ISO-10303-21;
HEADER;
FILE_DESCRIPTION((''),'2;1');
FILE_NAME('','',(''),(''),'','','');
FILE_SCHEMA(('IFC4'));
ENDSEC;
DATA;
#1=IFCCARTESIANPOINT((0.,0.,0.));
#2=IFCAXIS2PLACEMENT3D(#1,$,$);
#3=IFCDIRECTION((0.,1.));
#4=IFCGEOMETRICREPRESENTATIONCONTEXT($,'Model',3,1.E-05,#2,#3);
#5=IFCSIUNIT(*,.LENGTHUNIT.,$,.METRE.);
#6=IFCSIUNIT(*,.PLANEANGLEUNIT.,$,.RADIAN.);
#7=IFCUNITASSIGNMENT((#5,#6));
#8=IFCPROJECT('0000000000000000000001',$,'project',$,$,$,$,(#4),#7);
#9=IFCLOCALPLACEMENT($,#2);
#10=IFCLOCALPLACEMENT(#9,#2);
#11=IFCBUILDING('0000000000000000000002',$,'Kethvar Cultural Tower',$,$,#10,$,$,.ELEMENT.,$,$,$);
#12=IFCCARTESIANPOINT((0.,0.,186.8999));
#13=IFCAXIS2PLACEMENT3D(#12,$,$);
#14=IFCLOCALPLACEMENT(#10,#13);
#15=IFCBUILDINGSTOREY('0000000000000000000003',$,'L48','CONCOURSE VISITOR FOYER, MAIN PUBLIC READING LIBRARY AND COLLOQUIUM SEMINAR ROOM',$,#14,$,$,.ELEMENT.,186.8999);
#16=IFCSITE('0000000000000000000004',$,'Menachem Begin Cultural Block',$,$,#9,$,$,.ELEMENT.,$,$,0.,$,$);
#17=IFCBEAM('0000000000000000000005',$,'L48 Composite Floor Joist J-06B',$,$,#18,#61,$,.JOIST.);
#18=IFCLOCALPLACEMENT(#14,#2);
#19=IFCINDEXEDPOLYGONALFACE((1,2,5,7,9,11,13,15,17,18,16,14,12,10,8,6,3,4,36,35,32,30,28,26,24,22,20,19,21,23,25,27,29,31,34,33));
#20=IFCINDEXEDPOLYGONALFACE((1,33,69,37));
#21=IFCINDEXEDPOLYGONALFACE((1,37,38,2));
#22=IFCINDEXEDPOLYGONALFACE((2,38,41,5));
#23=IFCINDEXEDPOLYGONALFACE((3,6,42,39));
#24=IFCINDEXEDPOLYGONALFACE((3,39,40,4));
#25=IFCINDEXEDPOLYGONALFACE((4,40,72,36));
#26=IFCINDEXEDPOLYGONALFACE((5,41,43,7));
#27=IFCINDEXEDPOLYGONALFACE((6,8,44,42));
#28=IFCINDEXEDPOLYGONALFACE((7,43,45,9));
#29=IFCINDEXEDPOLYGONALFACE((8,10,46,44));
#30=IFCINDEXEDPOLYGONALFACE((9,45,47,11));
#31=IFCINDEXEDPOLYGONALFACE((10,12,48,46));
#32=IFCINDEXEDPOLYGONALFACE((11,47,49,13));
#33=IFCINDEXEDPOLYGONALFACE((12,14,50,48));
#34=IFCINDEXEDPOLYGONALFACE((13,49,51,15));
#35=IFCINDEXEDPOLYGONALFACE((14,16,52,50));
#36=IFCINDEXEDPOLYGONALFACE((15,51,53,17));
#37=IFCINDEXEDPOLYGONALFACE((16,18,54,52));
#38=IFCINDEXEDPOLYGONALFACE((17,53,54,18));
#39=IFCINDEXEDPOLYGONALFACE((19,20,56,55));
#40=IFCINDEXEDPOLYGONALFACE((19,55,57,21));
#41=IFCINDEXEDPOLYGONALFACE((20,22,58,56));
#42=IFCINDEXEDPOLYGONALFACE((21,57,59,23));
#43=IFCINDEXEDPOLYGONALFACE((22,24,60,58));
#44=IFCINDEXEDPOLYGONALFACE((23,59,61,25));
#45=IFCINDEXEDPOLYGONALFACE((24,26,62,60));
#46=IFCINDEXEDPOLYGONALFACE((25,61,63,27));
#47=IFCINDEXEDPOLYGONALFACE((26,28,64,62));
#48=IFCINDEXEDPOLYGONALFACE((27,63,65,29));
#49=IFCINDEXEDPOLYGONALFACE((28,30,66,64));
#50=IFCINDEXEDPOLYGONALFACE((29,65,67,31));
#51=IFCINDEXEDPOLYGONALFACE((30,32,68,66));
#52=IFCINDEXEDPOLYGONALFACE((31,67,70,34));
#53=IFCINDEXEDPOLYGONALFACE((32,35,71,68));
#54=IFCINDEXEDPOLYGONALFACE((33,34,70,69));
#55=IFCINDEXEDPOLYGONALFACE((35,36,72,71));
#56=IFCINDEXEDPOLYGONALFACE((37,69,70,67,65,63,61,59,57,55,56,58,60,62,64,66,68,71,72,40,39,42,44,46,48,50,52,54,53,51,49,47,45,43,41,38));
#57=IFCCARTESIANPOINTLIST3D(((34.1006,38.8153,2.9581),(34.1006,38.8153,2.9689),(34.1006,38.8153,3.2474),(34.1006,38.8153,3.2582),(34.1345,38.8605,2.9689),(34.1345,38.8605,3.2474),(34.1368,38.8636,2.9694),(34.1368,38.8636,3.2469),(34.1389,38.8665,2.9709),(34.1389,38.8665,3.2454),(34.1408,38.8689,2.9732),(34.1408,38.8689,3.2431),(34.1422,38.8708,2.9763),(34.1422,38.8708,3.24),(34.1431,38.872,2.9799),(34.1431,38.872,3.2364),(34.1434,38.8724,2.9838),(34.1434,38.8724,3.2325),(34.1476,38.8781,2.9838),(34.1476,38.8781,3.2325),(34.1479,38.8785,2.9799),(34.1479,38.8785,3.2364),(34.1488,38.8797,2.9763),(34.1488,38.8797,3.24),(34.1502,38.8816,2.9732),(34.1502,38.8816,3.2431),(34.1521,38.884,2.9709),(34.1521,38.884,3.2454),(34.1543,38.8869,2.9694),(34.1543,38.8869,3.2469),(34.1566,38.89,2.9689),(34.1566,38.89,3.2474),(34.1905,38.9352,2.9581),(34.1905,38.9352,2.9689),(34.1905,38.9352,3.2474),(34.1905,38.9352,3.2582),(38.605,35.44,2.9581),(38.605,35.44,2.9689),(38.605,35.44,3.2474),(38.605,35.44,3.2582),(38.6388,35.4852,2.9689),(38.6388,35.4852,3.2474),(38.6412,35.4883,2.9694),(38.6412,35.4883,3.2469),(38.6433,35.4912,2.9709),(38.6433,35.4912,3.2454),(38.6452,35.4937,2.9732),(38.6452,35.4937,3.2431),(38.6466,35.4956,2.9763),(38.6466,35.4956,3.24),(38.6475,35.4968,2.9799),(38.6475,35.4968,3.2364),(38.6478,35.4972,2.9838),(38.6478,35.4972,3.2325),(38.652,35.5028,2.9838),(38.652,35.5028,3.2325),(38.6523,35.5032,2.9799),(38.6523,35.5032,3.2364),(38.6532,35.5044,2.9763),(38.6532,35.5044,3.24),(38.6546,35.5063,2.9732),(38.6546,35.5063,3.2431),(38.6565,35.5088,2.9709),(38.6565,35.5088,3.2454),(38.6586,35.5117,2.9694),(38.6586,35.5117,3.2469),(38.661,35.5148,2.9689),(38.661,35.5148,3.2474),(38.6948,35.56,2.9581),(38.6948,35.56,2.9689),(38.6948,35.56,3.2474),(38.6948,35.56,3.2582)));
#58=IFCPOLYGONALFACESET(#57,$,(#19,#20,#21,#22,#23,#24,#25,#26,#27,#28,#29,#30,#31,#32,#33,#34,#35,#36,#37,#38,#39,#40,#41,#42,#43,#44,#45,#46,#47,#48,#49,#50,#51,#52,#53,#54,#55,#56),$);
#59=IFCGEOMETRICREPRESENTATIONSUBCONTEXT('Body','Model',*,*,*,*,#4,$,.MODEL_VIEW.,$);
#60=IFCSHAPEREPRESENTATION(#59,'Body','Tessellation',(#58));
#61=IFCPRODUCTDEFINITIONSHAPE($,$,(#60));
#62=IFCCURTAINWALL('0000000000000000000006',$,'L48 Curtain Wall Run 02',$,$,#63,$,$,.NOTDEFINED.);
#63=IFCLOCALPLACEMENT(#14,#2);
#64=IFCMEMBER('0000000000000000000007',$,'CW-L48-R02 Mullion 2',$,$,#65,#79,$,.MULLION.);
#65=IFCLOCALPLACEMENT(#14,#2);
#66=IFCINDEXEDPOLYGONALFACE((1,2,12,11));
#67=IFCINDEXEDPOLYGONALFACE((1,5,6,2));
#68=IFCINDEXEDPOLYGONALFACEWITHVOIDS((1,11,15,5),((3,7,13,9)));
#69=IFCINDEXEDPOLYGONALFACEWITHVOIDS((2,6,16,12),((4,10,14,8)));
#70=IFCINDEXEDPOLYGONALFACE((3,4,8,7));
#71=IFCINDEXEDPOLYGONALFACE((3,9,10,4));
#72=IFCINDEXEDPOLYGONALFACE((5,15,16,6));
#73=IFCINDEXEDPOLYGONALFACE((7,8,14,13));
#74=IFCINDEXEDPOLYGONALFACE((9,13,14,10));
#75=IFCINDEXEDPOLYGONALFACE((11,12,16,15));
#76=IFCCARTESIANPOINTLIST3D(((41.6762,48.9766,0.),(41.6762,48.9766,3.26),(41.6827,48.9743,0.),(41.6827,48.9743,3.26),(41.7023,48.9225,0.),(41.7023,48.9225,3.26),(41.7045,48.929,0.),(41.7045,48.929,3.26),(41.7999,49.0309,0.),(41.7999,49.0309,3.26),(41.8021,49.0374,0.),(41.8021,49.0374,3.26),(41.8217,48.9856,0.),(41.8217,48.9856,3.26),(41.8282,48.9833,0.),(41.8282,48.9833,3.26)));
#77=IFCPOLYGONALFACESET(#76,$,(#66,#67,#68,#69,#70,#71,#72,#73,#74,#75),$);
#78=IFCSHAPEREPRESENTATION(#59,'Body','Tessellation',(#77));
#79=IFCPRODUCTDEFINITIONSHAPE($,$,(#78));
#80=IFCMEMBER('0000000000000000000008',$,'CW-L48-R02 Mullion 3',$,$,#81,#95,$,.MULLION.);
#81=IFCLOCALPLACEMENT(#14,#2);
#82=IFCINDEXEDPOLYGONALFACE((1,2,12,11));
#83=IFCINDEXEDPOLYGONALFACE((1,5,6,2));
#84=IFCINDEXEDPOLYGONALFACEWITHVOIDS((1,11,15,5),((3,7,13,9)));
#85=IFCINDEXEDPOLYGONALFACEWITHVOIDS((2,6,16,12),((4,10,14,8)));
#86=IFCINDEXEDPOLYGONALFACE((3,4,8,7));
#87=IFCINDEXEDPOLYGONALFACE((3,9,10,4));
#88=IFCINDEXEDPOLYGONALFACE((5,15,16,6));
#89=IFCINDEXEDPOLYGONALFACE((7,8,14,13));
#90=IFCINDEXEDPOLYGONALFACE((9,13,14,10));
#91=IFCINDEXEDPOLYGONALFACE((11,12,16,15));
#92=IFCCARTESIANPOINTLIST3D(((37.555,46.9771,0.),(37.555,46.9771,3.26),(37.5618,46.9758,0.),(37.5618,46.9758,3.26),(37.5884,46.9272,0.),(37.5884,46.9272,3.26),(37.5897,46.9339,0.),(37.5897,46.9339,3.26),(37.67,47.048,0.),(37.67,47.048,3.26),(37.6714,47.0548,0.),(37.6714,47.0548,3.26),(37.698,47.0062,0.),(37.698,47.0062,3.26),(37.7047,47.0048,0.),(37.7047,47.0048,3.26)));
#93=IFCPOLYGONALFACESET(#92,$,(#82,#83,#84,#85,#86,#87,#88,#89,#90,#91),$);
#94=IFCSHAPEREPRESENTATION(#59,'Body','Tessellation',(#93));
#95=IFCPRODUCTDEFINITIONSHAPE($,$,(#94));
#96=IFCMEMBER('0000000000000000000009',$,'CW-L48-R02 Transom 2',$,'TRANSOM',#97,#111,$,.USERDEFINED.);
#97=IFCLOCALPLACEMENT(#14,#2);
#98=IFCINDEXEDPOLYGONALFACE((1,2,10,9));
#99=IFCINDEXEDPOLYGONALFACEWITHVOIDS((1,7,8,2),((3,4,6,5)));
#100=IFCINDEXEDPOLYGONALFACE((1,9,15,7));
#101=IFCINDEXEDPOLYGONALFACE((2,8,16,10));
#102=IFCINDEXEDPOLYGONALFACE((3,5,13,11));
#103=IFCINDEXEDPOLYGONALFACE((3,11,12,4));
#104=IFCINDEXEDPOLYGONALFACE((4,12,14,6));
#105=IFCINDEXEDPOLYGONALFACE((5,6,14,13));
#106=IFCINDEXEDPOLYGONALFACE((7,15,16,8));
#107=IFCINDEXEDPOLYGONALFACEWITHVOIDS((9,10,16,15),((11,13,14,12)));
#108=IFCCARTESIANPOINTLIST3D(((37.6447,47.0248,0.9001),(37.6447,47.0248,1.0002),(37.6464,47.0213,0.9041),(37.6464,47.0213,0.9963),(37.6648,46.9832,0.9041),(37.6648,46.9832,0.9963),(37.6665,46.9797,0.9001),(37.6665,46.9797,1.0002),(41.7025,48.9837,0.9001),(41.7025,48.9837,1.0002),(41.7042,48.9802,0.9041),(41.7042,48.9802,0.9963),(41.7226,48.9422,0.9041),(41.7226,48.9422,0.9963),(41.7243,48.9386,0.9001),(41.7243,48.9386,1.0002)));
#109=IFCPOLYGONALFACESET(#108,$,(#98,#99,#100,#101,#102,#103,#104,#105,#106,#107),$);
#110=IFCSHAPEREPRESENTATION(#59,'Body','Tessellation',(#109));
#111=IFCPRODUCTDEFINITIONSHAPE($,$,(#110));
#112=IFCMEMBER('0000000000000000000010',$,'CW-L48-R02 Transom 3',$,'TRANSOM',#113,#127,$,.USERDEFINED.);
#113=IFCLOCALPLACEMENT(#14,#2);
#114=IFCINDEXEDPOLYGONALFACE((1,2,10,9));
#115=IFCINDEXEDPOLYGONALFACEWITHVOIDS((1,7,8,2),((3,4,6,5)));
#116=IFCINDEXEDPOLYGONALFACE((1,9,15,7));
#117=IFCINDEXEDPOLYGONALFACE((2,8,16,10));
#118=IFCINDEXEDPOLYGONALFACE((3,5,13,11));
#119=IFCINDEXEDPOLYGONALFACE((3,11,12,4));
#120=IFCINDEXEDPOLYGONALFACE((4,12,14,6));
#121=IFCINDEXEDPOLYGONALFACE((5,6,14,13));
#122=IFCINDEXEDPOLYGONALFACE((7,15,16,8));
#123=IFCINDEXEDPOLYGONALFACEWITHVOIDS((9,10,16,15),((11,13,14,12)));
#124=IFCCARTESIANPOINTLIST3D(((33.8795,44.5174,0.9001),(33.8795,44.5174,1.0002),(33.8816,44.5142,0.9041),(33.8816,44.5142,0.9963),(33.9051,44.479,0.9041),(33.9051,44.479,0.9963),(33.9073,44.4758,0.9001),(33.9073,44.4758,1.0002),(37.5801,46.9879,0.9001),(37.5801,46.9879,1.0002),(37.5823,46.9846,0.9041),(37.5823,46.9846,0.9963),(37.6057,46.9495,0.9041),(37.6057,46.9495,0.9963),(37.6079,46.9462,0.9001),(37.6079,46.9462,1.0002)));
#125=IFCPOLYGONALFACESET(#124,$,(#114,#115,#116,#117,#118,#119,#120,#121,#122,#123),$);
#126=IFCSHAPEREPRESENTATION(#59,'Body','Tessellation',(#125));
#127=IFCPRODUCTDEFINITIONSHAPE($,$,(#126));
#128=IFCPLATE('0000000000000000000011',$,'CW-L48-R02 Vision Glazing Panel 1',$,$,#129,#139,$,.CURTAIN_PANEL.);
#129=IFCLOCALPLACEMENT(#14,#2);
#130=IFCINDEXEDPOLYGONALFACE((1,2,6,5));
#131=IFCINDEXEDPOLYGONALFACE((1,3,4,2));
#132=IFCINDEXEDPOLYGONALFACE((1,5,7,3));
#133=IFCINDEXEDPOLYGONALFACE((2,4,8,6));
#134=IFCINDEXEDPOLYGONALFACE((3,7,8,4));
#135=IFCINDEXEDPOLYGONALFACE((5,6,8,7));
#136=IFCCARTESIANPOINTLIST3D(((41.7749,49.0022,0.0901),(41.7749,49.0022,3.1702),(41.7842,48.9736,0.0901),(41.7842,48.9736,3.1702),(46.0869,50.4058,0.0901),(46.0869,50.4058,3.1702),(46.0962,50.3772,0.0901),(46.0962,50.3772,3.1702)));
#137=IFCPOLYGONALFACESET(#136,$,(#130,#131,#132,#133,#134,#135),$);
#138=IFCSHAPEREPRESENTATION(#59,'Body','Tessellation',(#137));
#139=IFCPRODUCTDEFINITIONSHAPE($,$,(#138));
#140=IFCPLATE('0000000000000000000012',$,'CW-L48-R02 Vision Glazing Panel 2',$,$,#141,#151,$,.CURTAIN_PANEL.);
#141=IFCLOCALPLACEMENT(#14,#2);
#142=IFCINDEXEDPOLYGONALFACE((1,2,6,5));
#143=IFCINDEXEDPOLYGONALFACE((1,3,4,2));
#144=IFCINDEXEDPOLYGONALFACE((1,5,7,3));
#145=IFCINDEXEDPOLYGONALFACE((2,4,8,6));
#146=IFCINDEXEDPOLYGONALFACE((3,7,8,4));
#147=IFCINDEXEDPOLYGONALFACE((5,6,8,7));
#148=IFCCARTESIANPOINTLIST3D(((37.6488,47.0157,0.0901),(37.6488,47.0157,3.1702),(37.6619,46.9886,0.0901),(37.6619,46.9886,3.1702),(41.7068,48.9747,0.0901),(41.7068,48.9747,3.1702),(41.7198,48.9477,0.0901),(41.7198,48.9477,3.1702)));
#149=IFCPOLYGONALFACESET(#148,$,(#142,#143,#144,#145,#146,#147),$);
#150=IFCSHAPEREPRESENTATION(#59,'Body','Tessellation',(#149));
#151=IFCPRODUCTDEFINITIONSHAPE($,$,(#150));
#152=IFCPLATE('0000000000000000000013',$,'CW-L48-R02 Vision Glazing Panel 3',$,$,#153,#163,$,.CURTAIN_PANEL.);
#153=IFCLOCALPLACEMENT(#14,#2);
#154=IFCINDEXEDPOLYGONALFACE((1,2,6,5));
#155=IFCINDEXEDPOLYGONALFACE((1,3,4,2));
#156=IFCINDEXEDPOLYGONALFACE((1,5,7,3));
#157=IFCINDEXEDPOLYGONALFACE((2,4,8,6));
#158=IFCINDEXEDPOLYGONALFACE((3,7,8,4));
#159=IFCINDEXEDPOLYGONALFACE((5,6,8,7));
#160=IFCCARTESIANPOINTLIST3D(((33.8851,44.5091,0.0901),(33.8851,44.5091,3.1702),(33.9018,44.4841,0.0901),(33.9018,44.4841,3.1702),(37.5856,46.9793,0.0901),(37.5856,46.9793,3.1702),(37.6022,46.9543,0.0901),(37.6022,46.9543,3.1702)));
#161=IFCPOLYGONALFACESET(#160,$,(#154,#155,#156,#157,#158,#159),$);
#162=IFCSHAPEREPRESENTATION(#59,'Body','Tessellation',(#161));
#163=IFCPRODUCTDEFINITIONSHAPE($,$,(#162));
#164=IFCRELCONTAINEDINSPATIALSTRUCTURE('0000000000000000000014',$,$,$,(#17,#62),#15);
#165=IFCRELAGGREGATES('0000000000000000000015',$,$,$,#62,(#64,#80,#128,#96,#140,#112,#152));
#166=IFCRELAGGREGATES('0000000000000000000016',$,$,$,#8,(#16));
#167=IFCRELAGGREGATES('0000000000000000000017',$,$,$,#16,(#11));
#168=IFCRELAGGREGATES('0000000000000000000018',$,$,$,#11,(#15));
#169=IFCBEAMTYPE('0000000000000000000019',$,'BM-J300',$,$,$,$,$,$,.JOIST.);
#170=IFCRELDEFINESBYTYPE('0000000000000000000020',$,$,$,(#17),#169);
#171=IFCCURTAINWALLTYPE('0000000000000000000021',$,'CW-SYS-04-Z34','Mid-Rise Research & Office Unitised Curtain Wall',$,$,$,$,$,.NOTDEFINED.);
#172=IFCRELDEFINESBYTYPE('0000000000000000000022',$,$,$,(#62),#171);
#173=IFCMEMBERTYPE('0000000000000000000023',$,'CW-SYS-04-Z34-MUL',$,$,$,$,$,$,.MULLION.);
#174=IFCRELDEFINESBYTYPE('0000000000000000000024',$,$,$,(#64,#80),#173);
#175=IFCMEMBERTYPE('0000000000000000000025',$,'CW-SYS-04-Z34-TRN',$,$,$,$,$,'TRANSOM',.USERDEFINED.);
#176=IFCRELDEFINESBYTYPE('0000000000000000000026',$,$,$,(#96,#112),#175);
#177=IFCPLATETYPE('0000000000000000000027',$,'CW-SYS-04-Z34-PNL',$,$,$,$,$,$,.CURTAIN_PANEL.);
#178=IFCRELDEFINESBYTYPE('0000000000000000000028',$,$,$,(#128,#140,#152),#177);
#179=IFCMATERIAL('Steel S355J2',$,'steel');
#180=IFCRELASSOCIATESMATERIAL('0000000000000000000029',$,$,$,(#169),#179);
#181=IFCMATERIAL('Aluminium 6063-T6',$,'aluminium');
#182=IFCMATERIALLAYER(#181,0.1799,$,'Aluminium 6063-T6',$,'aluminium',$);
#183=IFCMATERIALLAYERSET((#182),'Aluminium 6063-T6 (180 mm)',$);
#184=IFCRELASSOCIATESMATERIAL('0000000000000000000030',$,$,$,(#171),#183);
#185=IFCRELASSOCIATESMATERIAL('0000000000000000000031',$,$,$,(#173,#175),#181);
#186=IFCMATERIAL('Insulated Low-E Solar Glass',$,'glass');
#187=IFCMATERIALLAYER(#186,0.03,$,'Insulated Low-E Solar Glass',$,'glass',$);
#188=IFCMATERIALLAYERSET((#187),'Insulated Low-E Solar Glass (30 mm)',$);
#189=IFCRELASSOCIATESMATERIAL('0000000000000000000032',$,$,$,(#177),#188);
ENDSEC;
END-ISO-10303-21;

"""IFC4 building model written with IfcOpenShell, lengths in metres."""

from ifc_helpers import new_model, si_unit, direction, frame, origin, origin_2d, place, context, subcontext, project, spatial, rectangle, hollow_rectangle, i_section, extrude, source, transform, mapped, material, layer, layer_set, material_profile, profile_set, type_object, element, aggregate, save


model = new_model("IFC4")

# Units and contexts
model_context = context("Model", 3, precision=1e-05, world=origin(), true_north=direction((0.0, 1.0)))
body_context = subcontext(model_context, "Body", "Model", "MODEL_VIEW")
ifc_project = project(units=[si_unit("LENGTHUNIT", "METRE"), si_unit("PLANEANGLEUNIT", "RADIAN")], contexts=[model_context])

# Site, building, storey
site_placement = place(None, origin())
site = spatial("IfcSite", under=ifc_project, at=site_placement, Name="Menachem Begin Cultural Block", CompositionType="ELEMENT", RefElevation=0.0)
building_placement = place(site_placement, origin())
building = spatial("IfcBuilding", under=site, at=building_placement, Name="Kethvar Cultural Tower", CompositionType="ELEMENT")
storey_placement = place(building_placement, frame((0.0, 0.0, 186.8999)))
storey = spatial("IfcBuildingStorey", under=building, at=storey_placement, Name="L48", Description="CONCOURSE VISITOR FOYER, MAIN PUBLIC READING LIBRARY AND COLLOQUIUM SEMINAR ROOM", CompositionType="ELEMENT", Elevation=186.8999)

# Beam
ifc_material_1 = material(Name="Steel S355J2", Category="steel")
ifc_material_profile_1 = material_profile(ifc_material_1, i_section(OverallWidth=0.1499, OverallDepth=0.3, WebThickness=0.0071, FlangeThickness=0.0107, FilletRadius=0.0149, at=origin_2d()), Name="Steel S355J2 — IPE300")
ifc_profile_set_1 = profile_set([ifc_material_profile_1], Name="Steel S355J2 — IPE300")
beam_type_1 = type_object("IfcBeamType", Name="BM-J300", PredefinedType="JOIST", material=ifc_profile_set_1)
shared_shape_1 = source(origin(), body_context, "Body", "SweptSolid", [
    extrude(i_section(OverallWidth=0.1499, OverallDepth=0.3, WebThickness=0.0071, FlangeThickness=0.0107, FilletRadius=0.0149, at=origin_2d()), origin(), (0.0, 0.0, 1.0), 5.6287),
])
beam_1_placement = place(storey_placement, frame((38.6499, 35.5, 3.1082), z_axis=(-0.80026, 0.599653, 0.0), x_axis=(-0.599653, -0.80026, 0.0)))
element("IfcBeam", 1, at=beam_1_placement, inside=storey, type_object=beam_type_1, Name="L48 Composite Floor Joist J-06B", PredefinedType="JOIST", context=body_context, shape_type="MappedRepresentation", body=[
    mapped(shared_shape_1, transform((0.0, 0.0, 0.0), scale=1.0)),
])

# Curtain wall, members, plates
ifc_material_2 = material(Name="Aluminium 6063-T6", Category="aluminium")
ifc_layer_1 = layer(ifc_material_2, 0.1799, Name="Aluminium 6063-T6", Category="aluminium")
ifc_layer_set_1 = layer_set([ifc_layer_1], Name="Aluminium 6063-T6 (180 mm)")
curtain_wall_type = type_object("IfcCurtainWallType", Name="CW-SYS-04-Z34", Description="Mid-Rise Research & Office Unitised Curtain Wall", PredefinedType="NOTDEFINED", material=ifc_layer_set_1)
curtain_wall_placement = place(storey_placement, origin())
curtain_wall = element("IfcCurtainWall", 2, at=curtain_wall_placement, inside=storey, type_object=curtain_wall_type, Name="L48 Curtain Wall Run 02", PredefinedType="NOTDEFINED")
ifc_material_profile_2 = material_profile(ifc_material_2, hollow_rectangle(XDim=0.0601, YDim=0.1399, WallThickness=0.0049, at=origin_2d()), Name="Aluminium 6063-T6 — RHS140x60x5")
ifc_profile_set_2 = profile_set([ifc_material_profile_2], Name="Aluminium 6063-T6 — RHS140x60x5")
member_type_1 = type_object("IfcMemberType", Name="CW-SYS-04-Z34-MUL", PredefinedType="MULLION", material=ifc_profile_set_2)
shared_shape_2 = source(origin(), body_context, "Body", "SweptSolid", [
    extrude(hollow_rectangle(XDim=0.0601, YDim=0.1399, WallThickness=0.0049, at=origin_2d()), origin(), (0.0, 0.0, 1.0), 3.26),
])
member_1_placement = place(storey_placement, frame((41.7522, 48.98, 0.0), z_axis=(0.0, 0.0, 1.0), x_axis=(0.43476, -0.900547, 0.0)))
member_1 = element("IfcMember", 3, at=member_1_placement, type_object=member_type_1, Name="CW-L48-R02 Mullion 2", PredefinedType="MULLION", context=body_context, shape_type="MappedRepresentation", body=[
    mapped(shared_shape_2, transform((0.0, 0.0, 0.0), scale=1.0)),
])
member_2_placement = place(storey_placement, frame((37.6299, 46.991, 0.0), z_axis=(0.0, 0.0, 1.0), x_axis=(0.555207, -0.831712, 0.0)))
member_2 = element("IfcMember", 4, at=member_2_placement, type_object=member_type_1, Name="CW-L48-R02 Mullion 3", PredefinedType="MULLION", context=body_context, shape_type="MappedRepresentation", body=[
    mapped(shared_shape_2, transform((0.0, 0.0, 0.0), scale=1.0)),
])
ifc_material_profile_3 = material_profile(ifc_material_2, hollow_rectangle(XDim=0.05, YDim=0.1001, WallThickness=0.0039, at=origin_2d()), Name="Aluminium 6063-T6 — RHS100x50x4")
ifc_profile_set_3 = profile_set([ifc_material_profile_3], Name="Aluminium 6063-T6 — RHS100x50x4")
member_type_2 = type_object("IfcMemberType", Name="CW-SYS-04-Z34-TRN", ElementType="TRANSOM", PredefinedType="USERDEFINED", material=ifc_profile_set_3)
shared_shape_3 = source(origin(), body_context, "Body", "SweptSolid", [
    extrude(hollow_rectangle(XDim=0.05, YDim=0.1001, WallThickness=0.0039, at=origin_2d()), origin(), (0.0, 0.0, 1.0), 4.5059),
])
member_3_placement = place(storey_placement, frame((41.7134, 48.9612, 0.9502), z_axis=(-0.90055, -0.434752, 0.0), x_axis=(0.434752, -0.90055, 0.0)))
member_3 = element("IfcMember", 5, at=member_3_placement, type_object=member_type_2, Name="CW-L48-R02 Transom 2", ObjectType="TRANSOM", PredefinedType="USERDEFINED", context=body_context, shape_type="MappedRepresentation", body=[
    mapped(shared_shape_3, transform((0.0, 0.0, 0.0), scale=1.0)),
])
shared_shape_4 = source(origin(), body_context, "Body", "SweptSolid", [
    extrude(hollow_rectangle(XDim=0.05, YDim=0.1001, WallThickness=0.0039, at=origin_2d()), origin(), (0.0, 0.0, 1.0), 4.4495),
])
member_4_placement = place(storey_placement, frame((37.594, 46.967, 0.9502), z_axis=(-0.831704, -0.555219, 0.0), x_axis=(0.555219, -0.831704, 0.0)))
member_4 = element("IfcMember", 6, at=member_4_placement, type_object=member_type_2, Name="CW-L48-R02 Transom 3", ObjectType="TRANSOM", PredefinedType="USERDEFINED", context=body_context, shape_type="MappedRepresentation", body=[
    mapped(shared_shape_4, transform((0.0, 0.0, 0.0), scale=1.0)),
])
ifc_material_3 = material(Name="Insulated Low-E Solar Glass", Category="glass")
ifc_layer_2 = layer(ifc_material_3, 0.03, Name="Insulated Low-E Solar Glass", Category="glass")
ifc_layer_set_2 = layer_set([ifc_layer_2], Name="Insulated Low-E Solar Glass (30 mm)")
plate_type = type_object("IfcPlateType", Name="CW-SYS-04-Z34-PNL", PredefinedType="CURTAIN_PANEL", material=ifc_layer_set_2)
shared_shape_5 = source(origin(), body_context, "Body", "SweptSolid", [
    extrude(rectangle(XDim=4.5347, YDim=0.03, at=origin_2d()), origin(), (0.0, 0.0, 1.0), 3.0801),
])
plate_1_placement = place(storey_placement, frame((43.9355, 49.6897, 0.0901), z_axis=(0.0, 0.0, 1.0), x_axis=(-0.950889, -0.309532, 0.0)))
plate_1 = element("IfcPlate", 7, at=plate_1_placement, type_object=plate_type, Name="CW-L48-R02 Vision Glazing Panel 1", PredefinedType="CURTAIN_PANEL", context=body_context, shape_type="MappedRepresentation", body=[
    mapped(shared_shape_5, transform((0.0, 0.0, 0.0), scale=1.0)),
])
shared_shape_6 = source(origin(), body_context, "Body", "SweptSolid", [
    extrude(rectangle(XDim=4.5061, YDim=0.03, at=origin_2d()), origin(), (0.0, 0.0, 1.0), 3.0801),
])
plate_2_placement = place(storey_placement, frame((39.6843, 47.9817, 0.0901), z_axis=(0.0, 0.0, 1.0), x_axis=(-0.900547, -0.43476, 0.0)))
plate_2 = element("IfcPlate", 8, at=plate_2_placement, type_object=plate_type, Name="CW-L48-R02 Vision Glazing Panel 2", PredefinedType="CURTAIN_PANEL", context=body_context, shape_type="MappedRepresentation", body=[
    mapped(shared_shape_6, transform((0.0, 0.0, 0.0), scale=1.0)),
])
shared_shape_7 = source(origin(), body_context, "Body", "SweptSolid", [
    extrude(rectangle(XDim=4.4492, YDim=0.03, at=origin_2d()), origin(), (0.0, 0.0, 1.0), 3.0801),
])
plate_3_placement = place(storey_placement, frame((35.7437, 45.7317, 0.0901), z_axis=(0.0, 0.0, 1.0), x_axis=(-0.831712, -0.555207, 0.0)))
plate_3 = element("IfcPlate", 9, at=plate_3_placement, type_object=plate_type, Name="CW-L48-R02 Vision Glazing Panel 3", PredefinedType="CURTAIN_PANEL", context=body_context, shape_type="MappedRepresentation", body=[
    mapped(shared_shape_7, transform((0.0, 0.0, 0.0), scale=1.0)),
])
aggregate(curtain_wall, [member_1, member_2, plate_1, member_3, plate_2, member_4, plate_3])

save(model, "model.ifc")
